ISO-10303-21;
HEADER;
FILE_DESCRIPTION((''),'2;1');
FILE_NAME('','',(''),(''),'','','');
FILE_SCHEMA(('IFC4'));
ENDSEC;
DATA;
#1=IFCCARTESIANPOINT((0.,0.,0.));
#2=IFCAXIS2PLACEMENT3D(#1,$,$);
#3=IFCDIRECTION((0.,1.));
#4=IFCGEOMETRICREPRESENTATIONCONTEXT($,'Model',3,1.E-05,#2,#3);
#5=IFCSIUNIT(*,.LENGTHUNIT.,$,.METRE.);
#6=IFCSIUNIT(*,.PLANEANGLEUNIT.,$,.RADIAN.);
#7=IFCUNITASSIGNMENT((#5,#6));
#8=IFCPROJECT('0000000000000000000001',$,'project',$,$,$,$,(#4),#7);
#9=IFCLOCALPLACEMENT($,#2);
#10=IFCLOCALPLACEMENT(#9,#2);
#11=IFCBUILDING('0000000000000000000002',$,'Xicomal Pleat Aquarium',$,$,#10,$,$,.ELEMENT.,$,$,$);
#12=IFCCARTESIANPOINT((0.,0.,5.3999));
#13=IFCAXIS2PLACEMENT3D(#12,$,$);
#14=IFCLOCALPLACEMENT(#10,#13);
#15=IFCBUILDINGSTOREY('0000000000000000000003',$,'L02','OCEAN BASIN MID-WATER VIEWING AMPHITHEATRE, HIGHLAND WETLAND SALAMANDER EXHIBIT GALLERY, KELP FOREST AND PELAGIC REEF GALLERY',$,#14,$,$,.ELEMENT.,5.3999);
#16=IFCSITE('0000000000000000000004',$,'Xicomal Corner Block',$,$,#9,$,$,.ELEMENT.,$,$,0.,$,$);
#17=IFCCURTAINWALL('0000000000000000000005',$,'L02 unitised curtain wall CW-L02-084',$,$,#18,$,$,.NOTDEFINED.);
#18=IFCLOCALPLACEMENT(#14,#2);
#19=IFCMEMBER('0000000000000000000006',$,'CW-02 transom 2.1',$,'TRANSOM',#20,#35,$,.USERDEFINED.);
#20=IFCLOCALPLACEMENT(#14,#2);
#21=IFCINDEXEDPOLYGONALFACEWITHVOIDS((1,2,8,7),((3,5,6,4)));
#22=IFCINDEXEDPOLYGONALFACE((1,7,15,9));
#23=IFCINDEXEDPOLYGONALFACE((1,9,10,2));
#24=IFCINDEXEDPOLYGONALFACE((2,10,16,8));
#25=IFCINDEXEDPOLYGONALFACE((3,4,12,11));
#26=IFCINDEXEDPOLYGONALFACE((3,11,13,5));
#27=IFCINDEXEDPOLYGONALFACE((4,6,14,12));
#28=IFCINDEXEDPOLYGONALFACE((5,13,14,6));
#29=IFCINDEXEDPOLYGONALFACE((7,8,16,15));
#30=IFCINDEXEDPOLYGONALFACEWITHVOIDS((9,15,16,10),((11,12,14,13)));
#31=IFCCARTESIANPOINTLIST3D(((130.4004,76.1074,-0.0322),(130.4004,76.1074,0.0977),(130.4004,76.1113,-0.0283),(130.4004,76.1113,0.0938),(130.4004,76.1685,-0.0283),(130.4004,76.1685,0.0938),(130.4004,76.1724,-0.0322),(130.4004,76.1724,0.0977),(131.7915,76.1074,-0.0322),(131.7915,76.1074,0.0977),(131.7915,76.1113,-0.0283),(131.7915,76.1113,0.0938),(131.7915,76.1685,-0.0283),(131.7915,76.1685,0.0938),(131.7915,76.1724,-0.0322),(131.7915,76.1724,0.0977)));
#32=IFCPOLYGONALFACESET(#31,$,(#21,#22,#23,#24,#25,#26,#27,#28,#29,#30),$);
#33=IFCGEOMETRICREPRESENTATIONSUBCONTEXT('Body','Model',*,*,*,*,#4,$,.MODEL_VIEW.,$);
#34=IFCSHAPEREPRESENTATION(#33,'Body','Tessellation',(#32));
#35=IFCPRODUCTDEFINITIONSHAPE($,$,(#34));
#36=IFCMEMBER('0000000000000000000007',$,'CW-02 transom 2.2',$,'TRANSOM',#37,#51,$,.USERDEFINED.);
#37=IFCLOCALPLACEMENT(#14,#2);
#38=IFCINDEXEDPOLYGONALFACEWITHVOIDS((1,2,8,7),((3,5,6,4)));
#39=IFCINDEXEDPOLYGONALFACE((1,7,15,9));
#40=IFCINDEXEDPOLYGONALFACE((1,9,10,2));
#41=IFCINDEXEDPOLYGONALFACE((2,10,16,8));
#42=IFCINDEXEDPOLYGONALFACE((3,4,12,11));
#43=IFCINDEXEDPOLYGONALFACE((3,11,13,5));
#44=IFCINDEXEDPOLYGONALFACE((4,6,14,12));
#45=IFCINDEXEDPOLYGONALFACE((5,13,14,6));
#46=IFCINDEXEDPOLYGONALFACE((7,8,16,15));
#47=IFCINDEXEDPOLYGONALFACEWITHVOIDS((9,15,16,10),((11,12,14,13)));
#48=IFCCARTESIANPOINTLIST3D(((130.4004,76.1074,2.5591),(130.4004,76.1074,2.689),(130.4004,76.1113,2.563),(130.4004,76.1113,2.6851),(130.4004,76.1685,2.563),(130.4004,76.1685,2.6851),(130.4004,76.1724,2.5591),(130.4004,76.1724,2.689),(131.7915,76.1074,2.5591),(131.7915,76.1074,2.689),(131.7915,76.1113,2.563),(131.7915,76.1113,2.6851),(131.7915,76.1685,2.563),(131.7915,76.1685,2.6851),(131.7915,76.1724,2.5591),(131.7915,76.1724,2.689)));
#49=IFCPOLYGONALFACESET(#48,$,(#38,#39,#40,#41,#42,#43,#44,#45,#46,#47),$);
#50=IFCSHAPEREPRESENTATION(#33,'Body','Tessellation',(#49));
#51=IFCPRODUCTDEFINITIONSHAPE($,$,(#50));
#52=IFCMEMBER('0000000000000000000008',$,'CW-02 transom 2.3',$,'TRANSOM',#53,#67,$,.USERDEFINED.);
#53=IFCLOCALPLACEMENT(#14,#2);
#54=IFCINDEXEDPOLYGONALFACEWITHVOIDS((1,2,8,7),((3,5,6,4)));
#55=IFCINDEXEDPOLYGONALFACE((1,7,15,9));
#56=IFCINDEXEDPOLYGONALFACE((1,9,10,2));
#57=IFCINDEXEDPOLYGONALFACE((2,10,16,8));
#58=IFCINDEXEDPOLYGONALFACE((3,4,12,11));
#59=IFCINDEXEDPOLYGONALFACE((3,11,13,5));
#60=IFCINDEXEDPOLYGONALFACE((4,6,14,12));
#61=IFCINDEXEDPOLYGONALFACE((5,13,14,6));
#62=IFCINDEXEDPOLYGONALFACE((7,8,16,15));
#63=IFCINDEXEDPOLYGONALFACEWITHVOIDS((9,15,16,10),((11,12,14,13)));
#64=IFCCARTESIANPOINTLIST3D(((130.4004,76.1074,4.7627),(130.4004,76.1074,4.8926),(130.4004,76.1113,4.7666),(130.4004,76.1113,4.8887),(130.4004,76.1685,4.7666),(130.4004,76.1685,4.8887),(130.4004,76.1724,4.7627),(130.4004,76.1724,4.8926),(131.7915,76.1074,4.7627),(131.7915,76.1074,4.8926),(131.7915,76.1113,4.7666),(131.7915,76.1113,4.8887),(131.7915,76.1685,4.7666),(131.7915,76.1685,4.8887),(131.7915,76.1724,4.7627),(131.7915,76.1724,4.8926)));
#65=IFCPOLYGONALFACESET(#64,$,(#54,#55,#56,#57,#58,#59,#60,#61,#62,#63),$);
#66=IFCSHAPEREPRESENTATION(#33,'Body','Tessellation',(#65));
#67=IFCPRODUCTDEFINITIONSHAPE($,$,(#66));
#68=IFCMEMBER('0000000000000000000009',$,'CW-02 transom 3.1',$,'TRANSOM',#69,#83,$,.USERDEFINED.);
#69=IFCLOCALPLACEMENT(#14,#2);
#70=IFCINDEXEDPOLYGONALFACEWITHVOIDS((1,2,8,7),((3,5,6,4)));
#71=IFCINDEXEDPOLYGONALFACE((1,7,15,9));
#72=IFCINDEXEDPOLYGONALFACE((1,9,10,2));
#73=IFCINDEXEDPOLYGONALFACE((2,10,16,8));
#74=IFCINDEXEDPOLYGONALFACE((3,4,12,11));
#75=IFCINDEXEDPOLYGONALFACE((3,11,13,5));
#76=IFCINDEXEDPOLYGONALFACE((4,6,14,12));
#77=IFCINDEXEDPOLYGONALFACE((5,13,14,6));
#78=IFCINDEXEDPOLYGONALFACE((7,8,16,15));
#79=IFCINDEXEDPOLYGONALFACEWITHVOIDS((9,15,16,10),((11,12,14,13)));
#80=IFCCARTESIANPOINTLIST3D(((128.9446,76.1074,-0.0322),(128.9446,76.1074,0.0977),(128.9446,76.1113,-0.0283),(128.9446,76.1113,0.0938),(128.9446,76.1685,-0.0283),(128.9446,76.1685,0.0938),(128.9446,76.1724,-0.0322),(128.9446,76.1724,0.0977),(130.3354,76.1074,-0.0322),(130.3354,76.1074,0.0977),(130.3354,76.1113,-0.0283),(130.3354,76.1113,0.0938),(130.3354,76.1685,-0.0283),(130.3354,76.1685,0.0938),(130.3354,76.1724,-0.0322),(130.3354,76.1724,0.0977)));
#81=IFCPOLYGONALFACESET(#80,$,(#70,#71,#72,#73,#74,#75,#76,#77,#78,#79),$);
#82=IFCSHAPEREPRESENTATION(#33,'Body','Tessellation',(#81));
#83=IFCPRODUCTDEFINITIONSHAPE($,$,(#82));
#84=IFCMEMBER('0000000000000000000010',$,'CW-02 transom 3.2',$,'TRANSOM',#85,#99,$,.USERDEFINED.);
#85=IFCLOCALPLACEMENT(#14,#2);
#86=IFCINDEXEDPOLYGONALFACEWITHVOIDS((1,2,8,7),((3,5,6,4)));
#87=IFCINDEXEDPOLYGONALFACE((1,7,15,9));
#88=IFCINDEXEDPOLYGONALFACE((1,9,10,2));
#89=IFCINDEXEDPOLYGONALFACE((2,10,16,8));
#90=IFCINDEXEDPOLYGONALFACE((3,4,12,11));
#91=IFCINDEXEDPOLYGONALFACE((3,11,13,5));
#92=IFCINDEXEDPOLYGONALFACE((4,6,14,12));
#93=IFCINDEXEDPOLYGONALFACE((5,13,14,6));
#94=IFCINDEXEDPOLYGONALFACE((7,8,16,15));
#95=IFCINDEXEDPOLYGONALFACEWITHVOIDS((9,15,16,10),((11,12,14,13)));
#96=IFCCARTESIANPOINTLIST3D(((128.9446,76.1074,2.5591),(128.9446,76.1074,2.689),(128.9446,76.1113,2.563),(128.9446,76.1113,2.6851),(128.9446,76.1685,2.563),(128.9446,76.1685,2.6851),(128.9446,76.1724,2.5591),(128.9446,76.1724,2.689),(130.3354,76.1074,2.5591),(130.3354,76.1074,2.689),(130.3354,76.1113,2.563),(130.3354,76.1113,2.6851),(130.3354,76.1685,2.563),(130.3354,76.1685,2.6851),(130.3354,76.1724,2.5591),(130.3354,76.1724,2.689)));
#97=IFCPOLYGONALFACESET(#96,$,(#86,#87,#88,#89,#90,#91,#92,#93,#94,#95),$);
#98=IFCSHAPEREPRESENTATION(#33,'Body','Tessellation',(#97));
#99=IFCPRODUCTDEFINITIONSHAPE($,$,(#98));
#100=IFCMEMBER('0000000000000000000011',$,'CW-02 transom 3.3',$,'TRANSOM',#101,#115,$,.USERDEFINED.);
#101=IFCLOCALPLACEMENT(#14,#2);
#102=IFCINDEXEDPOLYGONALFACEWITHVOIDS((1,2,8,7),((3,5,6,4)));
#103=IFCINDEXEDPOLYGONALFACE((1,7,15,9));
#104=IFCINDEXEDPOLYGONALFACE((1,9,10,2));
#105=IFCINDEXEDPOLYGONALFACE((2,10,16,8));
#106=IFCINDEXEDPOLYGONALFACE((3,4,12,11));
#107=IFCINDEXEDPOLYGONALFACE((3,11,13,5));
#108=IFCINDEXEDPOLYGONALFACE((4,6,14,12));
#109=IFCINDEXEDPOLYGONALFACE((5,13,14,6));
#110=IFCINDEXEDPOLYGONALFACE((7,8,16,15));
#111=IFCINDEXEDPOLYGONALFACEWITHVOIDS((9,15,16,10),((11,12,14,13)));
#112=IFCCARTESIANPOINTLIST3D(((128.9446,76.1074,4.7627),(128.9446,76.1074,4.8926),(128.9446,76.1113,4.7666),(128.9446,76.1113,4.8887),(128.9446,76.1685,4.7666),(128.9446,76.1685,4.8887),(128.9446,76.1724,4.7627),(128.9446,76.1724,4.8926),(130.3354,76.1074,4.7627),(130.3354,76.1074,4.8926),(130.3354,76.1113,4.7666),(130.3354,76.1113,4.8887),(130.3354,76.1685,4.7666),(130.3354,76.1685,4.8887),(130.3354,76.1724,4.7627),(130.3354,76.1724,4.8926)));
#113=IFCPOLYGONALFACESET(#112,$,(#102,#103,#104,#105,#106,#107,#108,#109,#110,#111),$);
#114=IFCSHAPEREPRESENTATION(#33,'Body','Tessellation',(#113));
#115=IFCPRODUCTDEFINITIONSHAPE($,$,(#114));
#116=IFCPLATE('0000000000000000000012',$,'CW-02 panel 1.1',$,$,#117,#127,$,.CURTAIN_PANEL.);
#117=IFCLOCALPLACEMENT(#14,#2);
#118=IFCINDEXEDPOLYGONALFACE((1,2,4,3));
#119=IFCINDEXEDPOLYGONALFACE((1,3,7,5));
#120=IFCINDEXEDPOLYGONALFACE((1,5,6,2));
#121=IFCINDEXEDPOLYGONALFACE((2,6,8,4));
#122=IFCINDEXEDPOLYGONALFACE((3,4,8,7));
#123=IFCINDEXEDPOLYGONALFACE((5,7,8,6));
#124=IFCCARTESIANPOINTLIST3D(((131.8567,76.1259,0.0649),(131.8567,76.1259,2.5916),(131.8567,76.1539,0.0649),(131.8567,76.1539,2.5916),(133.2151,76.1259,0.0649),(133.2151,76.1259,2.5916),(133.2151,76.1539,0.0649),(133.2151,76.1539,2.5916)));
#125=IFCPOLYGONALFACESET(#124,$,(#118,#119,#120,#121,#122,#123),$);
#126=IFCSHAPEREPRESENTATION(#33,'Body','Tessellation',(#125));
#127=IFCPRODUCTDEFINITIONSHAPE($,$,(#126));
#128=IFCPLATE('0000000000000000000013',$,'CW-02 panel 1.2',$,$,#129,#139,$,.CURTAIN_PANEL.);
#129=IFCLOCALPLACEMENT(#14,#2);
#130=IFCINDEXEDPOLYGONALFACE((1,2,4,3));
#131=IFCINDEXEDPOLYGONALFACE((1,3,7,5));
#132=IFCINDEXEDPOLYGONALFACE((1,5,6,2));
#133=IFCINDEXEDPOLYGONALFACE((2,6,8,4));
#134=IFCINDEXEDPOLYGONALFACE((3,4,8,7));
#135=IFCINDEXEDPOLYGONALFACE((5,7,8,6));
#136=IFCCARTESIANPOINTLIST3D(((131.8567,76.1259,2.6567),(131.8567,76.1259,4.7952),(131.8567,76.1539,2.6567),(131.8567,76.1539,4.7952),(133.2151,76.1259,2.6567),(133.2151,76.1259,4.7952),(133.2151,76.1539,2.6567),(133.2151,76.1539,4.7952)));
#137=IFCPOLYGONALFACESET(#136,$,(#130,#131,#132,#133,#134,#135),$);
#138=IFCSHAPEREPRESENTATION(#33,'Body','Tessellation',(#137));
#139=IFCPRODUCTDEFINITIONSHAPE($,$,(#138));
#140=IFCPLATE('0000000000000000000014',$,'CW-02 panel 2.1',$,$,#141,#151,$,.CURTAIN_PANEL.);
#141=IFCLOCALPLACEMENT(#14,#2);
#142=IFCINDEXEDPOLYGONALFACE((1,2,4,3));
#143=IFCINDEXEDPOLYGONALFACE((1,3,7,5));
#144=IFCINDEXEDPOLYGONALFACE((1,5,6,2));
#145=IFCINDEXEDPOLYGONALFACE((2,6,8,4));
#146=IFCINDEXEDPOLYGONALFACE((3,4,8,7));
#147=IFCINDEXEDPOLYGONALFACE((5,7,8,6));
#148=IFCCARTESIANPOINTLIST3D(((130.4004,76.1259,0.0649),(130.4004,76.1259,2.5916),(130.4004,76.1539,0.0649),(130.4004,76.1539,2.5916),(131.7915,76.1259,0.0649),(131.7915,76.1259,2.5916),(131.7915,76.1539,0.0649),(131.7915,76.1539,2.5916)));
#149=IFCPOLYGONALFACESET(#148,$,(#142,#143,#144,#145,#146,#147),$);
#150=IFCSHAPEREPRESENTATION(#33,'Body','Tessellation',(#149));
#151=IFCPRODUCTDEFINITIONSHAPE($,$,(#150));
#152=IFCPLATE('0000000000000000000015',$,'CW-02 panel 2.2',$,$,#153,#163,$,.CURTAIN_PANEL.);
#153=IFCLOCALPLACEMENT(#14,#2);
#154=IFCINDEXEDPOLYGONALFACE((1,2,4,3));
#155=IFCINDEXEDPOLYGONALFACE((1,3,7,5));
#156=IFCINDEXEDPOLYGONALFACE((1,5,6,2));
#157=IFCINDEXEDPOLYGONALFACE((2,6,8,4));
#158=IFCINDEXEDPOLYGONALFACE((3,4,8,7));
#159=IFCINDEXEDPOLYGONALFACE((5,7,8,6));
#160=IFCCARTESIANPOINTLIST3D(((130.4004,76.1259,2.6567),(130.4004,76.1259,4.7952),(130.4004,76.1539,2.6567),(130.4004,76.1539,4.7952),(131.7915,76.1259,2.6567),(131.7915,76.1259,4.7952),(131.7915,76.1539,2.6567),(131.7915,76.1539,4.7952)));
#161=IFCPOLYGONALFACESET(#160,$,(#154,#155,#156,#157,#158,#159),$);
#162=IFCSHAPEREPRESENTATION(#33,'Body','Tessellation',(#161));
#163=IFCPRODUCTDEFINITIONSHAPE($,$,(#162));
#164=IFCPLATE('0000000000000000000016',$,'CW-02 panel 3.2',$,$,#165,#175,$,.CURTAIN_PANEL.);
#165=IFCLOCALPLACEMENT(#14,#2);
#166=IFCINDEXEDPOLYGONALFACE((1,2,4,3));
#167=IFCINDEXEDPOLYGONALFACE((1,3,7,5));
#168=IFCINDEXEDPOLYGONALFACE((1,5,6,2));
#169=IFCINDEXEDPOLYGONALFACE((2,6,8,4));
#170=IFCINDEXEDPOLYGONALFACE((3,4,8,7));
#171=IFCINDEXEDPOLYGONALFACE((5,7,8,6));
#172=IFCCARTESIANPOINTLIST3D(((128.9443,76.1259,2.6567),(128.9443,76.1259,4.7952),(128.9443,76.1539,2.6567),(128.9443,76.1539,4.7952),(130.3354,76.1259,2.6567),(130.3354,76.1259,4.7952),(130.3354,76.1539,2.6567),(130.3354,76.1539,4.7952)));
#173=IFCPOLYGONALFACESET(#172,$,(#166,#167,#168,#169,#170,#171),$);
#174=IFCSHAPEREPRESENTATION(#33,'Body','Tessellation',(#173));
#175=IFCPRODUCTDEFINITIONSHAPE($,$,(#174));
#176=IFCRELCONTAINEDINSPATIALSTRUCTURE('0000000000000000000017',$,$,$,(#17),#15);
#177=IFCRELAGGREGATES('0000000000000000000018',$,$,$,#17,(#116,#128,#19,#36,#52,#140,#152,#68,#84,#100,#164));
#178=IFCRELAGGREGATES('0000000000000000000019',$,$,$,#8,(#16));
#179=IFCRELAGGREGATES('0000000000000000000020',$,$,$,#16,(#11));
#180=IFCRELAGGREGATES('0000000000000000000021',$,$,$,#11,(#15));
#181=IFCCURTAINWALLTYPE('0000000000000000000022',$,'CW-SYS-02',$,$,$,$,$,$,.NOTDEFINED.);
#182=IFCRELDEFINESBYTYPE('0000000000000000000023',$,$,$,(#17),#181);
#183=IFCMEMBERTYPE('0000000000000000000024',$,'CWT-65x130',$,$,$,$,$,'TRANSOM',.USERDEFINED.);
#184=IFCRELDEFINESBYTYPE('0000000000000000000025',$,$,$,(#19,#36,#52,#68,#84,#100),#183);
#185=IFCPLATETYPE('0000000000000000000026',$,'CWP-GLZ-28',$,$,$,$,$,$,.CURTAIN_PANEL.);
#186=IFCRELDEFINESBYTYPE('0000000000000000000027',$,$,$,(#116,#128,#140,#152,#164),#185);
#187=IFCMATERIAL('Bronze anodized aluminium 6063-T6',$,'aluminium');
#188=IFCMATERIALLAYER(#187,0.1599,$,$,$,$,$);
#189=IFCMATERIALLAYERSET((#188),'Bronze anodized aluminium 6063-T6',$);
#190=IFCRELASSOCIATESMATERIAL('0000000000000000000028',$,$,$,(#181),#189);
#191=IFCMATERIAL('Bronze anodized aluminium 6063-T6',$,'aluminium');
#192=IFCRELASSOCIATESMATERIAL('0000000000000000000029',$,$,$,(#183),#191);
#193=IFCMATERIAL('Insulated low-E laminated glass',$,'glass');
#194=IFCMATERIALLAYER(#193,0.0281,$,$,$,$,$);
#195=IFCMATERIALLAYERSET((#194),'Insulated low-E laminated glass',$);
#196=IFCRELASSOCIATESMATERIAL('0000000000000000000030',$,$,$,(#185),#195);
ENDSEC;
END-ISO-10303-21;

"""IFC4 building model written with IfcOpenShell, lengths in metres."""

from ifc_helpers import new_model, si_unit, direction, frame, origin, origin_2d, place, context, subcontext, project, spatial, rectangle, hollow_rectangle, extrude, material, layer, layer_set, material_profile, profile_set, type_object, element, aggregate, save


model = new_model("IFC4")

# Units and contexts
model_context = context("Model", 3, precision=1e-05, world=origin(), true_north=direction((0.0, 1.0)))
body_context = subcontext(model_context, "Body", "Model", "MODEL_VIEW")
ifc_project = project(units=[si_unit("LENGTHUNIT", "METRE"), si_unit("PLANEANGLEUNIT", "RADIAN")], contexts=[model_context])

# Site, building, storey
site_placement = place(None, origin())
site = spatial("IfcSite", under=ifc_project, at=site_placement, Name="Xicomal Corner Block", CompositionType="ELEMENT", RefElevation=0.0)
building_placement = place(site_placement, origin())
building = spatial("IfcBuilding", under=site, at=building_placement, Name="Xicomal Pleat Aquarium", CompositionType="ELEMENT")
storey_placement = place(building_placement, frame((0.0, 0.0, 5.3999)))
storey = spatial("IfcBuildingStorey", under=building, at=storey_placement, Name="L02", Description="OCEAN BASIN MID-WATER VIEWING AMPHITHEATRE, HIGHLAND WETLAND SALAMANDER EXHIBIT GALLERY, KELP FOREST AND PELAGIC REEF GALLERY", CompositionType="ELEMENT", Elevation=5.3999)

# Curtain wall, members, plates
ifc_material_1 = material(Name="Bronze anodized aluminium 6063-T6", Category="aluminium")
ifc_layer_1 = layer(ifc_material_1, 0.1599)
ifc_layer_set_1 = layer_set([ifc_layer_1], Name="Bronze anodized aluminium 6063-T6")
curtain_wall_type = type_object("IfcCurtainWallType", Name="CW-SYS-02", PredefinedType="NOTDEFINED", material=ifc_layer_set_1)
curtain_wall_placement = place(storey_placement, origin())
curtain_wall = element("IfcCurtainWall", 1, at=curtain_wall_placement, inside=storey, type_object=curtain_wall_type, Name="L02 unitised curtain wall CW-L02-084", PredefinedType="NOTDEFINED")
ifc_material_2 = material(Name="Bronze anodized aluminium 6063-T6", Category="aluminium")
ifc_material_profile_1 = material_profile(ifc_material_2, hollow_rectangle(XDim=0.0649, YDim=0.1299, WallThickness=0.0039, at=origin_2d()), Name="ALU TRAN 65x130")
ifc_profile_set_1 = profile_set([ifc_material_profile_1], Name="Bronze anodized aluminium 6063-T6")
member_type_1 = type_object("IfcMemberType", Name="CWT-65x130", ElementType="TRANSOM", PredefinedType="USERDEFINED", material=ifc_profile_set_1)
member_1_placement = place(storey_placement, frame((131.7915, 76.1399, 0.0327), z_axis=(-1.0, 0.0, 0.0), x_axis=(0.0, -1.0, 0.0)))
member_1 = element("IfcMember", 2, at=member_1_placement, type_object=member_type_1, Name="CW-02 transom 2.1", ObjectType="TRANSOM", PredefinedType="USERDEFINED", context=body_context, shape_type="SweptSolid", body=[
    extrude(hollow_rectangle(XDim=0.0649, YDim=0.1299, WallThickness=0.0039, at=origin_2d()), origin(), (0.0, 0.0, 1.0), 1.3911),
])
member_2_placement = place(storey_placement, frame((131.7915, 76.1399, 2.624), z_axis=(-1.0, 0.0, 0.0), x_axis=(0.0, -1.0, 0.0)))
member_2 = element("IfcMember", 3, at=member_2_placement, type_object=member_type_1, Name="CW-02 transom 2.2", ObjectType="TRANSOM", PredefinedType="USERDEFINED", context=body_context, shape_type="SweptSolid", body=[
    extrude(hollow_rectangle(XDim=0.0649, YDim=0.1299, WallThickness=0.0039, at=origin_2d()), origin(), (0.0, 0.0, 1.0), 1.3911),
])
member_3_placement = place(storey_placement, frame((131.7915, 76.1399, 4.8276), z_axis=(-1.0, 0.0, 0.0), x_axis=(0.0, -1.0, 0.0)))
member_3 = element("IfcMember", 4, at=member_3_placement, type_object=member_type_1, Name="CW-02 transom 2.3", ObjectType="TRANSOM", PredefinedType="USERDEFINED", context=body_context, shape_type="SweptSolid", body=[
    extrude(hollow_rectangle(XDim=0.0649, YDim=0.1299, WallThickness=0.0039, at=origin_2d()), origin(), (0.0, 0.0, 1.0), 1.3911),
])
member_4_placement = place(storey_placement, frame((130.3354, 76.1399, 0.0327), z_axis=(-1.0, 0.0, 0.0), x_axis=(0.0, -1.0, 0.0)))
member_4 = element("IfcMember", 5, at=member_4_placement, type_object=member_type_1, Name="CW-02 transom 3.1", ObjectType="TRANSOM", PredefinedType="USERDEFINED", context=body_context, shape_type="SweptSolid", body=[
    extrude(hollow_rectangle(XDim=0.0649, YDim=0.1299, WallThickness=0.0039, at=origin_2d()), origin(), (0.0, 0.0, 1.0), 1.3909),
])
member_5_placement = place(storey_placement, frame((130.3354, 76.1399, 2.624), z_axis=(-1.0, 0.0, 0.0), x_axis=(0.0, -1.0, 0.0)))
member_5 = element("IfcMember", 6, at=member_5_placement, type_object=member_type_1, Name="CW-02 transom 3.2", ObjectType="TRANSOM", PredefinedType="USERDEFINED", context=body_context, shape_type="SweptSolid", body=[
    extrude(hollow_rectangle(XDim=0.0649, YDim=0.1299, WallThickness=0.0039, at=origin_2d()), origin(), (0.0, 0.0, 1.0), 1.3909),
])
member_6_placement = place(storey_placement, frame((130.3354, 76.1399, 4.8276), z_axis=(-1.0, 0.0, 0.0), x_axis=(0.0, -1.0, 0.0)))
member_6 = element("IfcMember", 7, at=member_6_placement, type_object=member_type_1, Name="CW-02 transom 3.3", ObjectType="TRANSOM", PredefinedType="USERDEFINED", context=body_context, shape_type="SweptSolid", body=[
    extrude(hollow_rectangle(XDim=0.0649, YDim=0.1299, WallThickness=0.0039, at=origin_2d()), origin(), (0.0, 0.0, 1.0), 1.3909),
])
ifc_material_3 = material(Name="Insulated low-E laminated glass", Category="glass")
ifc_layer_2 = layer(ifc_material_3, 0.0281)
ifc_layer_set_2 = layer_set([ifc_layer_2], Name="Insulated low-E laminated glass")
plate_type = type_object("IfcPlateType", Name="CWP-GLZ-28", PredefinedType="CURTAIN_PANEL", material=ifc_layer_set_2)
plate_1_placement = place(storey_placement, frame((132.5359, 76.1399, 0.0649), z_axis=(0.0, 0.0, 1.0), x_axis=(-1.0, 0.0, 0.0)))
plate_1 = element("IfcPlate", 8, at=plate_1_placement, type_object=plate_type, Name="CW-02 panel 1.1", PredefinedType="CURTAIN_PANEL", context=body_context, shape_type="SweptSolid", body=[
    extrude(rectangle(XDim=1.3584, YDim=0.0281, at=origin_2d()), origin(), (0.0, 0.0, 1.0), 2.5266),
])
plate_2_placement = place(storey_placement, frame((132.5359, 76.1399, 2.6567), z_axis=(0.0, 0.0, 1.0), x_axis=(-1.0, 0.0, 0.0)))
plate_2 = element("IfcPlate", 9, at=plate_2_placement, type_object=plate_type, Name="CW-02 panel 1.2", PredefinedType="CURTAIN_PANEL", context=body_context, shape_type="SweptSolid", body=[
    extrude(rectangle(XDim=1.3584, YDim=0.0281, at=origin_2d()), origin(), (0.0, 0.0, 1.0), 2.1384),
])
plate_3_placement = place(storey_placement, frame((131.0959, 76.1399, 0.0649), z_axis=(0.0, 0.0, 1.0), x_axis=(-1.0, 0.0, 0.0)))
plate_3 = element("IfcPlate", 10, at=plate_3_placement, type_object=plate_type, Name="CW-02 panel 2.1", PredefinedType="CURTAIN_PANEL", context=body_context, shape_type="SweptSolid", body=[
    extrude(rectangle(XDim=1.3911, YDim=0.0281, at=origin_2d()), origin(), (0.0, 0.0, 1.0), 2.5266),
])
plate_4_placement = place(storey_placement, frame((131.0959, 76.1399, 2.6567), z_axis=(0.0, 0.0, 1.0), x_axis=(-1.0, 0.0, 0.0)))
plate_4 = element("IfcPlate", 11, at=plate_4_placement, type_object=plate_type, Name="CW-02 panel 2.2", PredefinedType="CURTAIN_PANEL", context=body_context, shape_type="SweptSolid", body=[
    extrude(rectangle(XDim=1.3911, YDim=0.0281, at=origin_2d()), origin(), (0.0, 0.0, 1.0), 2.1384),
])
plate_5_placement = place(storey_placement, frame((129.6399, 76.1399, 2.6567), z_axis=(0.0, 0.0, 1.0), x_axis=(-1.0, 0.0, 0.0)))
plate_5 = element("IfcPlate", 12, at=plate_5_placement, type_object=plate_type, Name="CW-02 panel 3.2", PredefinedType="CURTAIN_PANEL", context=body_context, shape_type="SweptSolid", body=[
    extrude(rectangle(XDim=1.3911, YDim=0.0281, at=origin_2d()), origin(), (0.0, 0.0, 1.0), 2.1384),
])
aggregate(curtain_wall, [plate_1, plate_2, member_1, member_2, member_3, plate_3, plate_4, member_4, member_5, member_6, plate_5])

save(model, "model.ifc")
